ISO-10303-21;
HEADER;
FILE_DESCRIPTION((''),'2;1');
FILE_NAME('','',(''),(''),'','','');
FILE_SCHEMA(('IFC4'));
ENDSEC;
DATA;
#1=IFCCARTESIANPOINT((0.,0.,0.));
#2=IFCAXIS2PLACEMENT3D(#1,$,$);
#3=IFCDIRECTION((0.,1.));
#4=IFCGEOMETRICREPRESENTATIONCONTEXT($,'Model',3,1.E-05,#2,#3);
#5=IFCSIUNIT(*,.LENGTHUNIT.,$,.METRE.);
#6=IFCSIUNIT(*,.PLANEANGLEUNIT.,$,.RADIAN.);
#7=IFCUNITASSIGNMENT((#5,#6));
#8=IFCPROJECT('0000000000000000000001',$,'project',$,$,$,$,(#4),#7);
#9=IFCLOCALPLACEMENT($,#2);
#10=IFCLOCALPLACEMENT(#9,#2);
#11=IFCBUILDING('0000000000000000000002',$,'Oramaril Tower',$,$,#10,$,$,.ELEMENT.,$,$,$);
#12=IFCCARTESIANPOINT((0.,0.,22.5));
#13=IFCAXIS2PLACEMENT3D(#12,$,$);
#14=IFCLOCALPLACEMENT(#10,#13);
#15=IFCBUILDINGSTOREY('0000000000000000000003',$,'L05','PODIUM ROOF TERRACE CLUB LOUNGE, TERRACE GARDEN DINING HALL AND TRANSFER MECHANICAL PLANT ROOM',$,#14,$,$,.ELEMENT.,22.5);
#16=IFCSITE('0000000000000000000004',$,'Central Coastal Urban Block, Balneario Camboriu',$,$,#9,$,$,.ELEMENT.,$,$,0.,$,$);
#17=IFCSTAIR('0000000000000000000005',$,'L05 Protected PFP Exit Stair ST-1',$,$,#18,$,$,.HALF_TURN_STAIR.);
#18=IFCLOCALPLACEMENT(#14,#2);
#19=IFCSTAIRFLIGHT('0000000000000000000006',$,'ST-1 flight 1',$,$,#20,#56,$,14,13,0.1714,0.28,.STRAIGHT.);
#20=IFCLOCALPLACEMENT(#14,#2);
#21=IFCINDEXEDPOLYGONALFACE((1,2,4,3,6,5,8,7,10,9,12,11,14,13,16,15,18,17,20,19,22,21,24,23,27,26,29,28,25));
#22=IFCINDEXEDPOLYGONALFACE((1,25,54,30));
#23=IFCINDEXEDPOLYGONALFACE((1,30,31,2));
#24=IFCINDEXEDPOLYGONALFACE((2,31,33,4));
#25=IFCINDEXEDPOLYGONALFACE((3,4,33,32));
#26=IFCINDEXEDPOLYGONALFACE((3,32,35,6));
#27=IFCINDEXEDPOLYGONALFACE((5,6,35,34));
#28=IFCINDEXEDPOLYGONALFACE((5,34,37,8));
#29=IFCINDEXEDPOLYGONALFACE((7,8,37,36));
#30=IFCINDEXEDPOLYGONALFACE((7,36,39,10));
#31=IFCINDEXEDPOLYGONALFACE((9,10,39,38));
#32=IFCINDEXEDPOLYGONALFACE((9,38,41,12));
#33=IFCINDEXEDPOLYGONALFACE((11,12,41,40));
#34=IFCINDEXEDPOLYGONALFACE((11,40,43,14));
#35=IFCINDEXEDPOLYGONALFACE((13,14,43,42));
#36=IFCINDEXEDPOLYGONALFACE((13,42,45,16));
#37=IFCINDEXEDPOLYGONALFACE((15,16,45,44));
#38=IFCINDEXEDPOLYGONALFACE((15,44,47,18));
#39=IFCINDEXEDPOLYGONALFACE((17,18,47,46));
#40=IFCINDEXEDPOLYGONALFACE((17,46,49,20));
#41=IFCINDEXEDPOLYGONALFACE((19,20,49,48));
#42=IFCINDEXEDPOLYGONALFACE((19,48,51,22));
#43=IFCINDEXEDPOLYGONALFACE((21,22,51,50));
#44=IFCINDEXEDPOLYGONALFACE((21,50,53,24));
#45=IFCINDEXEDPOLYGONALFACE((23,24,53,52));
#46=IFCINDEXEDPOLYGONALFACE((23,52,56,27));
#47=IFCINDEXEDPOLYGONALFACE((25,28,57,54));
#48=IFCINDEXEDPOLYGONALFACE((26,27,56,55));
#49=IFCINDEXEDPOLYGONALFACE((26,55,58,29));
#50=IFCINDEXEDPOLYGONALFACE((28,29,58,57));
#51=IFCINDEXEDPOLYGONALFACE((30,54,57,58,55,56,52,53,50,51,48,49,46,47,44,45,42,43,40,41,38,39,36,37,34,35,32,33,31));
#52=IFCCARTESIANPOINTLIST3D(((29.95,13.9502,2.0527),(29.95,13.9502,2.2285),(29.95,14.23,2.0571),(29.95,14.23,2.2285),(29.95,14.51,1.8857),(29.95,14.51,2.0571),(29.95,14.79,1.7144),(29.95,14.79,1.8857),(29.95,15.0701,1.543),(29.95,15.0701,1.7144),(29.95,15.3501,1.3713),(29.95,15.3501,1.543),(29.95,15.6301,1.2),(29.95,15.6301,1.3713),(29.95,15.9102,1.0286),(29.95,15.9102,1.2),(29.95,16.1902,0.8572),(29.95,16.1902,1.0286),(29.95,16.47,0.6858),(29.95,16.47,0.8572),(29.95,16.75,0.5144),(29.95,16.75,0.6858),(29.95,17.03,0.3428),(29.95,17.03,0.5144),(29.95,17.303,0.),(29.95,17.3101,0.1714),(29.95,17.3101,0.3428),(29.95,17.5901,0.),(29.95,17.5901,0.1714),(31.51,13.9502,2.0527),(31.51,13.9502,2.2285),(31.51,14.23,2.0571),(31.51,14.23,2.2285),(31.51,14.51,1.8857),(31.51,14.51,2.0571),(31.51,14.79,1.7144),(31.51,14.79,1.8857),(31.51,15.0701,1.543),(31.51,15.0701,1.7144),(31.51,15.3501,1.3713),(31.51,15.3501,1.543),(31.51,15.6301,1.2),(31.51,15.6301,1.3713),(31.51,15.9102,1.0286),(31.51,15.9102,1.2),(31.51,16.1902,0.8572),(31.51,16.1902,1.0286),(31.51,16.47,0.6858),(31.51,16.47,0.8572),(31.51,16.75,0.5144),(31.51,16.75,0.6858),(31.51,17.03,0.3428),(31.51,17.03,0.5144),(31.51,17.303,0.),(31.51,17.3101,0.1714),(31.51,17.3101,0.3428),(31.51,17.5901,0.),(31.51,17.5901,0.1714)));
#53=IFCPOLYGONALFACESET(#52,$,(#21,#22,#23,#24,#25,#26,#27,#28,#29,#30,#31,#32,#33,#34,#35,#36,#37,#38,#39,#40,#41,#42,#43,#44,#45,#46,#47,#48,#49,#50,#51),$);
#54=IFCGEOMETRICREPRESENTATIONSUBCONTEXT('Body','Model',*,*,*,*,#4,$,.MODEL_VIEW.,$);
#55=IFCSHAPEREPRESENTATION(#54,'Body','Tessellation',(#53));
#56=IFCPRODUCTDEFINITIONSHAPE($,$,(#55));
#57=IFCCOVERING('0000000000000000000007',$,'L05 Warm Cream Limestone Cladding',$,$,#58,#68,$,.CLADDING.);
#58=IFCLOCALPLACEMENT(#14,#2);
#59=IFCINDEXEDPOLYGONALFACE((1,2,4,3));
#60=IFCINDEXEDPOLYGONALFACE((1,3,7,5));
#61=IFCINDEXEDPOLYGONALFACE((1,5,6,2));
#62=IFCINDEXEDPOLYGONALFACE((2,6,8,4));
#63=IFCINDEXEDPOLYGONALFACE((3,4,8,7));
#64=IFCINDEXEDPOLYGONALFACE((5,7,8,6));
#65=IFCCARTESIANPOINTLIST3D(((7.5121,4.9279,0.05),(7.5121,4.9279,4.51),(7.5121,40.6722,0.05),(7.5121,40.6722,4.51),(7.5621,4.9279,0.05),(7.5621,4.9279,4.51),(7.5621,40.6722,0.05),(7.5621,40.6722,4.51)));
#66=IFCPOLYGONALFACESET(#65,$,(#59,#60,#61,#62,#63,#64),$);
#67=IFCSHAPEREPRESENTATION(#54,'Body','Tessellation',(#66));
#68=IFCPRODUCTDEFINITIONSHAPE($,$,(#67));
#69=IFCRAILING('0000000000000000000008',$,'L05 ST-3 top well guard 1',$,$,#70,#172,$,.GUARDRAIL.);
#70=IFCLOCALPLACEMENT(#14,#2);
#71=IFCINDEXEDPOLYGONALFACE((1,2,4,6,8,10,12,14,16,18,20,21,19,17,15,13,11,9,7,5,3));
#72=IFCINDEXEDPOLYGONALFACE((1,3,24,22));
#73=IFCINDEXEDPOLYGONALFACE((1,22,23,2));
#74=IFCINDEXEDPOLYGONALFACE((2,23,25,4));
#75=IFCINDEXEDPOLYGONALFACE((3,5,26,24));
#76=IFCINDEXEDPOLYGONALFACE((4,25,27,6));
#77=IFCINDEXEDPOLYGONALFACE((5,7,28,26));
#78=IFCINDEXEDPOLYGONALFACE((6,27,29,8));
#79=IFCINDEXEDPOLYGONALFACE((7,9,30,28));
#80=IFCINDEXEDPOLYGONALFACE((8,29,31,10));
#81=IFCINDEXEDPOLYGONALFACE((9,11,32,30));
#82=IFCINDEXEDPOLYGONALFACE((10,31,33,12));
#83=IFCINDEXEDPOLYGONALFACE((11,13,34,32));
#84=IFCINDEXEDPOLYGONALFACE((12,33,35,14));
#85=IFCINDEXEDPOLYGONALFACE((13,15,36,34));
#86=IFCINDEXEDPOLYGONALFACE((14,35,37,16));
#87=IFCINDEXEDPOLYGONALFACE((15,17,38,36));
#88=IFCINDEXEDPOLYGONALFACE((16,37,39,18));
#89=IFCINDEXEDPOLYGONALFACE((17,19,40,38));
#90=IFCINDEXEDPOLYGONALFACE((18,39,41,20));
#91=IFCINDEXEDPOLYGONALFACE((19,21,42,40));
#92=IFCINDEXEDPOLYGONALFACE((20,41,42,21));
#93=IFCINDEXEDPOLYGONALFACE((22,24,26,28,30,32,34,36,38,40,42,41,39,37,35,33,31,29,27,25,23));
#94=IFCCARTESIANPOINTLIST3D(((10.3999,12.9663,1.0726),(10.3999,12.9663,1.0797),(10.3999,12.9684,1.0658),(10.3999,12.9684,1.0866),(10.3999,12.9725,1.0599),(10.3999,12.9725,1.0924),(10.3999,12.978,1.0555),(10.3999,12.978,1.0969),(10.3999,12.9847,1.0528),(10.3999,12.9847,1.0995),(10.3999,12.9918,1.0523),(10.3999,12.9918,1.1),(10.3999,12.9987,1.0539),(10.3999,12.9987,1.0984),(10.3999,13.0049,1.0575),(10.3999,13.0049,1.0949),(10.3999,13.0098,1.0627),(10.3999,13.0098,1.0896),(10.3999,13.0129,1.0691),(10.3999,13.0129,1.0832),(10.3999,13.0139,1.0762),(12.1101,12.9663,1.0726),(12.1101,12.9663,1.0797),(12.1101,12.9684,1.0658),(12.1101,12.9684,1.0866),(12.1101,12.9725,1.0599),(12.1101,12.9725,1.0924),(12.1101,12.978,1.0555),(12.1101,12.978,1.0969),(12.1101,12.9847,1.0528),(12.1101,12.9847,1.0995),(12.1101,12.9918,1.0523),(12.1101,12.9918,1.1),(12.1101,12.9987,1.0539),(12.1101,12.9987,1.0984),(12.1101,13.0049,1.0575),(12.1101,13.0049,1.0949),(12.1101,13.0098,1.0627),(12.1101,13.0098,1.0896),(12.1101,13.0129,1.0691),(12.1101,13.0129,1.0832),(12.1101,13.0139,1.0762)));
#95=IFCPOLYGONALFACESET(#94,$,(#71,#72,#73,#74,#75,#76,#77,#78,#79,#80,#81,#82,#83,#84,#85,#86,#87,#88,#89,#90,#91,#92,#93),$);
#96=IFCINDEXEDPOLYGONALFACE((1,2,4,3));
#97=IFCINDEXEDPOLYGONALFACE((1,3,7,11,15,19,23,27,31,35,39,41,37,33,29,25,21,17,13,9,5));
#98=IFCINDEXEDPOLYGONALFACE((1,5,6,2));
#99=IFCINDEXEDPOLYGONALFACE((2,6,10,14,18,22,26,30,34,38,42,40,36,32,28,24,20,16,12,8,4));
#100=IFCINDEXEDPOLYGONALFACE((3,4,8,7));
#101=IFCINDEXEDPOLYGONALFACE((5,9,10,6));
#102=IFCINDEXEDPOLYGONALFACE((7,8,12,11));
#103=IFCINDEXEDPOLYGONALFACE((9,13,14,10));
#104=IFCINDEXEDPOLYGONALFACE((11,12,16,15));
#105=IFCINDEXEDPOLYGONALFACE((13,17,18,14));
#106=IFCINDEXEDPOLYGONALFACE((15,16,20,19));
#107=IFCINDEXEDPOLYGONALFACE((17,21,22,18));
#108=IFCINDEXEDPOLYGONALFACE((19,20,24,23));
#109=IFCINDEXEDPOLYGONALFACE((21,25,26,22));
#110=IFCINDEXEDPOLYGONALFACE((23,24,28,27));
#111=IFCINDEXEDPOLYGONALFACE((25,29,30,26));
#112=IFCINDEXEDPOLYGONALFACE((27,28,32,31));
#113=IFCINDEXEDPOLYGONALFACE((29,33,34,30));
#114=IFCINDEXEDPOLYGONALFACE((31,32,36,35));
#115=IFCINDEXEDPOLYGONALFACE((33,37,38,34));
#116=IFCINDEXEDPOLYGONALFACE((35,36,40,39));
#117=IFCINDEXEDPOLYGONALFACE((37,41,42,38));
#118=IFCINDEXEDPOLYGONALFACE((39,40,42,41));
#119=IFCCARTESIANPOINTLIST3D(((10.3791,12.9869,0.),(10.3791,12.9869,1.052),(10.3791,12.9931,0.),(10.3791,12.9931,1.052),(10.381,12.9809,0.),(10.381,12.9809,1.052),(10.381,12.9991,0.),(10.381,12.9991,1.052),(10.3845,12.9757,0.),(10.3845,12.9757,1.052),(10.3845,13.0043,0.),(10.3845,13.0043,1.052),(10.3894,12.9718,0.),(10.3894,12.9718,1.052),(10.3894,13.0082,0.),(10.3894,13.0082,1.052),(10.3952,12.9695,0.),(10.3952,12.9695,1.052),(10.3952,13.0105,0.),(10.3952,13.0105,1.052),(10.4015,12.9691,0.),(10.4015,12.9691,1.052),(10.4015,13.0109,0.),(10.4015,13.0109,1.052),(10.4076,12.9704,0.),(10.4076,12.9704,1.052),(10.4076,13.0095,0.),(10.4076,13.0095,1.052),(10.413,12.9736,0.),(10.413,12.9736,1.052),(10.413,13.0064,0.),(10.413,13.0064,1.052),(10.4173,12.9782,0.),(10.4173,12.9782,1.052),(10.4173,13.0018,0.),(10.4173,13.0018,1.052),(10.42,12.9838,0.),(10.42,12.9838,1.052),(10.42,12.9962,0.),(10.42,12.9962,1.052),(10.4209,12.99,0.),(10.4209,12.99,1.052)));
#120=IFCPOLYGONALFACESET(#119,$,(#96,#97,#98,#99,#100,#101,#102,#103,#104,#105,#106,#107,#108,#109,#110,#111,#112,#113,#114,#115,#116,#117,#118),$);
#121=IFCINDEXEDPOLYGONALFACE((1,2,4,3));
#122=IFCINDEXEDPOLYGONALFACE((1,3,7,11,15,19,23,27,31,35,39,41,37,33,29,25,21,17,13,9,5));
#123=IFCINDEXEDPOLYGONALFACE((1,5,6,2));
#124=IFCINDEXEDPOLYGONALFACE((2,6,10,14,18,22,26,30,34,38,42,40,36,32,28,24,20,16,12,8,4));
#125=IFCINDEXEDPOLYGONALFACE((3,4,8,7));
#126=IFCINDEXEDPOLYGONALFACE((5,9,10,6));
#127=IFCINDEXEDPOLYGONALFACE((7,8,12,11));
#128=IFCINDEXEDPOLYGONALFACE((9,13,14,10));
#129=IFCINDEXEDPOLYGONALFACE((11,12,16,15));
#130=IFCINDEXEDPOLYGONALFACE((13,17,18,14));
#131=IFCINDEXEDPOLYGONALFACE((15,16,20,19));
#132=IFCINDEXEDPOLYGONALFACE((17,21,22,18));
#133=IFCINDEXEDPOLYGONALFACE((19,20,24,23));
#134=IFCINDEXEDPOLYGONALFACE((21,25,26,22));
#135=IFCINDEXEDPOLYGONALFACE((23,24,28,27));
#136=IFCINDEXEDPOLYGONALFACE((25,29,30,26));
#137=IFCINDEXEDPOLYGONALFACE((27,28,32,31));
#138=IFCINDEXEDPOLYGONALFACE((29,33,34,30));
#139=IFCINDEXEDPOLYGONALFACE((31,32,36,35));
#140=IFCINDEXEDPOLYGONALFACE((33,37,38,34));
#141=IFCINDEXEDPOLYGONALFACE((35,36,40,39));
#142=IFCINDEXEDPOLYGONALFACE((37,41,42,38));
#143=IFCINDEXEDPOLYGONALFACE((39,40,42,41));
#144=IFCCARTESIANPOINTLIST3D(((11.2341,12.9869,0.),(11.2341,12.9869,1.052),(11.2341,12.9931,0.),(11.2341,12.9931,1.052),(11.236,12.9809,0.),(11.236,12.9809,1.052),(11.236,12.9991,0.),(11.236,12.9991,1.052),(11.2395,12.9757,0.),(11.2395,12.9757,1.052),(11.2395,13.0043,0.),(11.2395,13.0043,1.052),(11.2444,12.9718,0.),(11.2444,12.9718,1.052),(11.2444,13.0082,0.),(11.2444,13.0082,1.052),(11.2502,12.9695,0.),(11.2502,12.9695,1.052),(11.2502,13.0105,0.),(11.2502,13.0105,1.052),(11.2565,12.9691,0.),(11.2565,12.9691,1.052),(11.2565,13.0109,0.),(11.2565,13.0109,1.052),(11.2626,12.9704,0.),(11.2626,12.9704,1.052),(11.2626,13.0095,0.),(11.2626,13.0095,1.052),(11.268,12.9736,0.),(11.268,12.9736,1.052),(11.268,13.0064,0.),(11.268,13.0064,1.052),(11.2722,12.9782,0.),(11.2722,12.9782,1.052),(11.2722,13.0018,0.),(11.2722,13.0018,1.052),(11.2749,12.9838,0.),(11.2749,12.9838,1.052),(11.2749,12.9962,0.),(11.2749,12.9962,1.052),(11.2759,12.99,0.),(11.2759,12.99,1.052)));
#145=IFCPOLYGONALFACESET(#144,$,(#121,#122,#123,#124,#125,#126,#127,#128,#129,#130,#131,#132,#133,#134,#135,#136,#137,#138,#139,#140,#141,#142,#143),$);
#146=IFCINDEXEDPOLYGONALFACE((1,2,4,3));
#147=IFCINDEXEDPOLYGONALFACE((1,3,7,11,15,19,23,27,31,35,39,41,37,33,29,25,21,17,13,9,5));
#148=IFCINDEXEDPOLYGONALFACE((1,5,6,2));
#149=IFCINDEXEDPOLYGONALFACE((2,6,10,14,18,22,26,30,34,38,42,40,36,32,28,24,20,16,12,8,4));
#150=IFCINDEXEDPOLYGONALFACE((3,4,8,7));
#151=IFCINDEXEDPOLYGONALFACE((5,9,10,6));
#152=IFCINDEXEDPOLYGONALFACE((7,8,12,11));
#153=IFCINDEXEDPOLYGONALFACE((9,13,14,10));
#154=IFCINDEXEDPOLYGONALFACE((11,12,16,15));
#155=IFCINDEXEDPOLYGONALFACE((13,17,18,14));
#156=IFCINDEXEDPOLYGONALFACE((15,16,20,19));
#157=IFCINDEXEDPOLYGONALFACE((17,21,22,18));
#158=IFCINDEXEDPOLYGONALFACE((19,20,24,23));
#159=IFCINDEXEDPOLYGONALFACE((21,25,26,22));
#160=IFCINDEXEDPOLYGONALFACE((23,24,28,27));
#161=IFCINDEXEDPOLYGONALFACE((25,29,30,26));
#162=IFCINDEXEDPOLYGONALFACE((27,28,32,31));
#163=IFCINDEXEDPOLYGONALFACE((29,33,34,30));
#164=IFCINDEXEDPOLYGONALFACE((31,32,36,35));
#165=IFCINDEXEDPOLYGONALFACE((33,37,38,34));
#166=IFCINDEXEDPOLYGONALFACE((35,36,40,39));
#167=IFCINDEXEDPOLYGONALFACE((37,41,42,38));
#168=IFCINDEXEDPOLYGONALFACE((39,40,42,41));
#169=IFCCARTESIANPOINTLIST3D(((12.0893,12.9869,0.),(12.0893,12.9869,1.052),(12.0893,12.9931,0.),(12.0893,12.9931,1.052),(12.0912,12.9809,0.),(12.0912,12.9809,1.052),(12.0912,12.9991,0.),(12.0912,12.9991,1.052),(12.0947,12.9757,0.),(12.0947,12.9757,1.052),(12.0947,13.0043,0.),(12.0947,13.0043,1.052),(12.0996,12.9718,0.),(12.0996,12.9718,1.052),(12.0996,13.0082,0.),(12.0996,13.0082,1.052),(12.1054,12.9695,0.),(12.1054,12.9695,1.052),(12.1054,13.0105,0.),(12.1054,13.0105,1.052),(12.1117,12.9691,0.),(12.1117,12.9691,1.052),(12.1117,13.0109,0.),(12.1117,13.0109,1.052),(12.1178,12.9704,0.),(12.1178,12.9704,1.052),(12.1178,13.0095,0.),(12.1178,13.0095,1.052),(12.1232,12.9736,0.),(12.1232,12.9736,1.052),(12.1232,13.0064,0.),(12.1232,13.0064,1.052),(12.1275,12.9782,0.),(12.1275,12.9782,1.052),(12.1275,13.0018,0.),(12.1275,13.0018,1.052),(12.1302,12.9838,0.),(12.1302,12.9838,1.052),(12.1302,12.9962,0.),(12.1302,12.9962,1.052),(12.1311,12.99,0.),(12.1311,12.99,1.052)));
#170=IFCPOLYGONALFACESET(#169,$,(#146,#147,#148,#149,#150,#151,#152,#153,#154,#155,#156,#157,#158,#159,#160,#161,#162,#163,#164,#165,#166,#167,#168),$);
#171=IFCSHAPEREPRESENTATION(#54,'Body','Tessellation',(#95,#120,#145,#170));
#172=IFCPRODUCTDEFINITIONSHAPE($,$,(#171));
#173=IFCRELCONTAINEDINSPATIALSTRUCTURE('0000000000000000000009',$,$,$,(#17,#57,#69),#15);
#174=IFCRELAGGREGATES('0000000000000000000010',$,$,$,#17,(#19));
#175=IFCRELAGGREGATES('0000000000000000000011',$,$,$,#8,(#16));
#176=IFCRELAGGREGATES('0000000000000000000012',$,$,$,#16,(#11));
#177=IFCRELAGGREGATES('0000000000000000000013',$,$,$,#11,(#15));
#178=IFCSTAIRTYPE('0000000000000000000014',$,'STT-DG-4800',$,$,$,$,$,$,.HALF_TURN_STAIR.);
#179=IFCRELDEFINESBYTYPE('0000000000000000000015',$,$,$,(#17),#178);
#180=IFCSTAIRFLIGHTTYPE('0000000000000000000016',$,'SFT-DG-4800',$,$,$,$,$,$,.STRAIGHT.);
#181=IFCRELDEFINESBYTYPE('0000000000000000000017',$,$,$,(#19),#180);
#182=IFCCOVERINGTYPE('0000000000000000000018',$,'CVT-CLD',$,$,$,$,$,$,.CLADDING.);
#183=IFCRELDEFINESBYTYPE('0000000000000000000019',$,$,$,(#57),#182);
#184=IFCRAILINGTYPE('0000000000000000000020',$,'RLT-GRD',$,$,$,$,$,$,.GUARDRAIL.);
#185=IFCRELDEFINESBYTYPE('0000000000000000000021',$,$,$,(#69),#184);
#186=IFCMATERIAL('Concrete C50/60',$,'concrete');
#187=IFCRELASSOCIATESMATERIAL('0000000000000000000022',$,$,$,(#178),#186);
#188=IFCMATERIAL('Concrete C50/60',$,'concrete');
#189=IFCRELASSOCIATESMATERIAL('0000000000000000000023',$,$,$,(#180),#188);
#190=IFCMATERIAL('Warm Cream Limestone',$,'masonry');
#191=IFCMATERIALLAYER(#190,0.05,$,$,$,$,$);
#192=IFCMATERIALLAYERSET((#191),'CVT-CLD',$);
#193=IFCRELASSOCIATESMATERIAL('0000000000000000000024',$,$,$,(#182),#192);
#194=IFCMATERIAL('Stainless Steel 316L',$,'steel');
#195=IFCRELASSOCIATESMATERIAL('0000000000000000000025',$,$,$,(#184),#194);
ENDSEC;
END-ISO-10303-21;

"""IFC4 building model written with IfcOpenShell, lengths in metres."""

from ifc_helpers import new_model, si_unit, direction, frame, origin, origin_2d, place, context, subcontext, project, spatial, polyline, rectangle, circle, outline, extrude, material, layer, layer_set, type_object, element, aggregate, save


model = new_model("IFC4")

# Units and contexts
model_context = context("Model", 3, precision=1e-05, world=origin(), true_north=direction((0.0, 1.0)))
body_context = subcontext(model_context, "Body", "Model", "MODEL_VIEW")
ifc_project = project(units=[si_unit("LENGTHUNIT", "METRE"), si_unit("PLANEANGLEUNIT", "RADIAN")], contexts=[model_context])

# Site, building, storey
site_placement = place(None, origin())
site = spatial("IfcSite", under=ifc_project, at=site_placement, Name="Central Coastal Urban Block, Balneario Camboriu", CompositionType="ELEMENT", RefElevation=0.0)
building_placement = place(site_placement, origin())
building = spatial("IfcBuilding", under=site, at=building_placement, Name="Oramaril Tower", CompositionType="ELEMENT")
storey_placement = place(building_placement, frame((0.0, 0.0, 22.5)))
storey = spatial("IfcBuildingStorey", under=building, at=storey_placement, Name="L05", Description="PODIUM ROOF TERRACE CLUB LOUNGE, TERRACE GARDEN DINING HALL AND TRANSFER MECHANICAL PLANT ROOM", CompositionType="ELEMENT", Elevation=22.5)

# Stair, stair flight
ifc_material_1 = material(Name="Concrete C50/60", Category="concrete")
stair_type = type_object("IfcStairType", Name="STT-DG-4800", PredefinedType="HALF_TURN_STAIR", material=ifc_material_1)
stair_placement = place(storey_placement, origin())
stair = element("IfcStair", 1, at=stair_placement, inside=storey, type_object=stair_type, Name="L05 Protected PFP Exit Stair ST-1", PredefinedType="HALF_TURN_STAIR")
ifc_material_2 = material(Name="Concrete C50/60", Category="concrete")
stair_flight_type = type_object("IfcStairFlightType", Name="SFT-DG-4800", PredefinedType="STRAIGHT", material=ifc_material_2)
stair_flight_placement = place(storey_placement, frame((30.73, 17.5901, 0.0), z_axis=(0.0, 0.0, 1.0), x_axis=(0.0, -1.0, 0.0)))
stair_flight = element("IfcStairFlight", 2, at=stair_flight_placement, type_object=stair_flight_type, Name="ST-1 flight 1", NumberOfRisers=14, NumberOfTreads=13, PredefinedType="STRAIGHT", RiserHeight=0.1714, TreadLength=0.28, context=body_context, shape_type="SweptSolid", body=[
    extrude(outline(polyline([(0.0, 0.0), (0.0, 0.1714), (0.28, 0.1714), (0.28, 0.3428), (0.5601, 0.3428), (0.5601, 0.5144), (0.8401, 0.5144), (0.8401, 0.6858), (1.1201, 0.6858), (1.1201, 0.8572), (1.3999, 0.8572), (1.3999, 1.0286), (1.6799, 1.0286), (1.6799, 1.2), (1.96, 1.2), (1.96, 1.3713), (2.24, 1.3713), (2.24, 1.543), (2.52, 1.543), (2.52, 1.7144), (2.8, 1.7144), (2.8, 1.8857), (3.0801, 1.8857), (3.0801, 2.0571), (3.3601, 2.0571), (3.3601, 2.2285), (3.6399, 2.2285), (3.6399, 2.3999), (3.6399, 2.0527), (0.2871, 0.0), (0.0, 0.0)])), frame((0.0, 0.78, 0.0), z_axis=(0.0, -1.0, 0.0), x_axis=(1.0, 0.0, 0.0)), (0.0, 0.0, 1.0), 1.5601),
])
aggregate(stair, [stair_flight])

# Covering
ifc_material_3 = material(Name="Warm Cream Limestone", Category="masonry")
ifc_layer_1 = layer(ifc_material_3, 0.05)
ifc_layer_set_1 = layer_set([ifc_layer_1], Name="CVT-CLD")
covering_type = type_object("IfcCoveringType", Name="CVT-CLD", PredefinedType="CLADDING", material=ifc_layer_set_1)
covering_placement = place(storey_placement, frame((7.5371, 22.8, 0.05), z_axis=(0.0, 0.0, 1.0), x_axis=(0.0, -1.0, 0.0)))
element("IfcCovering", 3, at=covering_placement, inside=storey, type_object=covering_type, Name="L05 Warm Cream Limestone Cladding", PredefinedType="CLADDING", context=body_context, shape_type="SweptSolid", body=[
    extrude(rectangle(XDim=35.7444, YDim=0.05, at=origin_2d()), origin(), (0.0, 0.0, 1.0), 4.46),
])

# Railing
ifc_material_4 = material(Name="Stainless Steel 316L", Category="steel")
railing_type_1 = type_object("IfcRailingType", Name="RLT-GRD", PredefinedType="GUARDRAIL", material=ifc_material_4)
railing_1_placement = place(storey_placement, frame((10.3999, 12.99, 0.0)))
element("IfcRailing", 4, at=railing_1_placement, inside=storey, type_object=railing_type_1, Name="L05 ST-3 top well guard 1", PredefinedType="GUARDRAIL", context=body_context, shape_type="SweptSolid", body=[
    extrude(circle(Radius=0.0239, at=origin_2d()), frame((0.0, 0.0, 1.0762), z_axis=(1.0, 0.0, 0.0), x_axis=(0.0, 1.0, 0.0)), (0.0, 0.0, 1.0), 1.7102),
    extrude(circle(Radius=0.021, at=origin_2d()), origin(), (0.0, 0.0, 1.0), 1.052),
    extrude(circle(Radius=0.021, at=origin_2d()), frame((0.855, 0.0, 0.0)), (0.0, 0.0, 1.0), 1.052),
    extrude(circle(Radius=0.021, at=origin_2d()), frame((1.7102, 0.0, 0.0)), (0.0, 0.0, 1.0), 1.052),
])

save(model, "model.ifc")
